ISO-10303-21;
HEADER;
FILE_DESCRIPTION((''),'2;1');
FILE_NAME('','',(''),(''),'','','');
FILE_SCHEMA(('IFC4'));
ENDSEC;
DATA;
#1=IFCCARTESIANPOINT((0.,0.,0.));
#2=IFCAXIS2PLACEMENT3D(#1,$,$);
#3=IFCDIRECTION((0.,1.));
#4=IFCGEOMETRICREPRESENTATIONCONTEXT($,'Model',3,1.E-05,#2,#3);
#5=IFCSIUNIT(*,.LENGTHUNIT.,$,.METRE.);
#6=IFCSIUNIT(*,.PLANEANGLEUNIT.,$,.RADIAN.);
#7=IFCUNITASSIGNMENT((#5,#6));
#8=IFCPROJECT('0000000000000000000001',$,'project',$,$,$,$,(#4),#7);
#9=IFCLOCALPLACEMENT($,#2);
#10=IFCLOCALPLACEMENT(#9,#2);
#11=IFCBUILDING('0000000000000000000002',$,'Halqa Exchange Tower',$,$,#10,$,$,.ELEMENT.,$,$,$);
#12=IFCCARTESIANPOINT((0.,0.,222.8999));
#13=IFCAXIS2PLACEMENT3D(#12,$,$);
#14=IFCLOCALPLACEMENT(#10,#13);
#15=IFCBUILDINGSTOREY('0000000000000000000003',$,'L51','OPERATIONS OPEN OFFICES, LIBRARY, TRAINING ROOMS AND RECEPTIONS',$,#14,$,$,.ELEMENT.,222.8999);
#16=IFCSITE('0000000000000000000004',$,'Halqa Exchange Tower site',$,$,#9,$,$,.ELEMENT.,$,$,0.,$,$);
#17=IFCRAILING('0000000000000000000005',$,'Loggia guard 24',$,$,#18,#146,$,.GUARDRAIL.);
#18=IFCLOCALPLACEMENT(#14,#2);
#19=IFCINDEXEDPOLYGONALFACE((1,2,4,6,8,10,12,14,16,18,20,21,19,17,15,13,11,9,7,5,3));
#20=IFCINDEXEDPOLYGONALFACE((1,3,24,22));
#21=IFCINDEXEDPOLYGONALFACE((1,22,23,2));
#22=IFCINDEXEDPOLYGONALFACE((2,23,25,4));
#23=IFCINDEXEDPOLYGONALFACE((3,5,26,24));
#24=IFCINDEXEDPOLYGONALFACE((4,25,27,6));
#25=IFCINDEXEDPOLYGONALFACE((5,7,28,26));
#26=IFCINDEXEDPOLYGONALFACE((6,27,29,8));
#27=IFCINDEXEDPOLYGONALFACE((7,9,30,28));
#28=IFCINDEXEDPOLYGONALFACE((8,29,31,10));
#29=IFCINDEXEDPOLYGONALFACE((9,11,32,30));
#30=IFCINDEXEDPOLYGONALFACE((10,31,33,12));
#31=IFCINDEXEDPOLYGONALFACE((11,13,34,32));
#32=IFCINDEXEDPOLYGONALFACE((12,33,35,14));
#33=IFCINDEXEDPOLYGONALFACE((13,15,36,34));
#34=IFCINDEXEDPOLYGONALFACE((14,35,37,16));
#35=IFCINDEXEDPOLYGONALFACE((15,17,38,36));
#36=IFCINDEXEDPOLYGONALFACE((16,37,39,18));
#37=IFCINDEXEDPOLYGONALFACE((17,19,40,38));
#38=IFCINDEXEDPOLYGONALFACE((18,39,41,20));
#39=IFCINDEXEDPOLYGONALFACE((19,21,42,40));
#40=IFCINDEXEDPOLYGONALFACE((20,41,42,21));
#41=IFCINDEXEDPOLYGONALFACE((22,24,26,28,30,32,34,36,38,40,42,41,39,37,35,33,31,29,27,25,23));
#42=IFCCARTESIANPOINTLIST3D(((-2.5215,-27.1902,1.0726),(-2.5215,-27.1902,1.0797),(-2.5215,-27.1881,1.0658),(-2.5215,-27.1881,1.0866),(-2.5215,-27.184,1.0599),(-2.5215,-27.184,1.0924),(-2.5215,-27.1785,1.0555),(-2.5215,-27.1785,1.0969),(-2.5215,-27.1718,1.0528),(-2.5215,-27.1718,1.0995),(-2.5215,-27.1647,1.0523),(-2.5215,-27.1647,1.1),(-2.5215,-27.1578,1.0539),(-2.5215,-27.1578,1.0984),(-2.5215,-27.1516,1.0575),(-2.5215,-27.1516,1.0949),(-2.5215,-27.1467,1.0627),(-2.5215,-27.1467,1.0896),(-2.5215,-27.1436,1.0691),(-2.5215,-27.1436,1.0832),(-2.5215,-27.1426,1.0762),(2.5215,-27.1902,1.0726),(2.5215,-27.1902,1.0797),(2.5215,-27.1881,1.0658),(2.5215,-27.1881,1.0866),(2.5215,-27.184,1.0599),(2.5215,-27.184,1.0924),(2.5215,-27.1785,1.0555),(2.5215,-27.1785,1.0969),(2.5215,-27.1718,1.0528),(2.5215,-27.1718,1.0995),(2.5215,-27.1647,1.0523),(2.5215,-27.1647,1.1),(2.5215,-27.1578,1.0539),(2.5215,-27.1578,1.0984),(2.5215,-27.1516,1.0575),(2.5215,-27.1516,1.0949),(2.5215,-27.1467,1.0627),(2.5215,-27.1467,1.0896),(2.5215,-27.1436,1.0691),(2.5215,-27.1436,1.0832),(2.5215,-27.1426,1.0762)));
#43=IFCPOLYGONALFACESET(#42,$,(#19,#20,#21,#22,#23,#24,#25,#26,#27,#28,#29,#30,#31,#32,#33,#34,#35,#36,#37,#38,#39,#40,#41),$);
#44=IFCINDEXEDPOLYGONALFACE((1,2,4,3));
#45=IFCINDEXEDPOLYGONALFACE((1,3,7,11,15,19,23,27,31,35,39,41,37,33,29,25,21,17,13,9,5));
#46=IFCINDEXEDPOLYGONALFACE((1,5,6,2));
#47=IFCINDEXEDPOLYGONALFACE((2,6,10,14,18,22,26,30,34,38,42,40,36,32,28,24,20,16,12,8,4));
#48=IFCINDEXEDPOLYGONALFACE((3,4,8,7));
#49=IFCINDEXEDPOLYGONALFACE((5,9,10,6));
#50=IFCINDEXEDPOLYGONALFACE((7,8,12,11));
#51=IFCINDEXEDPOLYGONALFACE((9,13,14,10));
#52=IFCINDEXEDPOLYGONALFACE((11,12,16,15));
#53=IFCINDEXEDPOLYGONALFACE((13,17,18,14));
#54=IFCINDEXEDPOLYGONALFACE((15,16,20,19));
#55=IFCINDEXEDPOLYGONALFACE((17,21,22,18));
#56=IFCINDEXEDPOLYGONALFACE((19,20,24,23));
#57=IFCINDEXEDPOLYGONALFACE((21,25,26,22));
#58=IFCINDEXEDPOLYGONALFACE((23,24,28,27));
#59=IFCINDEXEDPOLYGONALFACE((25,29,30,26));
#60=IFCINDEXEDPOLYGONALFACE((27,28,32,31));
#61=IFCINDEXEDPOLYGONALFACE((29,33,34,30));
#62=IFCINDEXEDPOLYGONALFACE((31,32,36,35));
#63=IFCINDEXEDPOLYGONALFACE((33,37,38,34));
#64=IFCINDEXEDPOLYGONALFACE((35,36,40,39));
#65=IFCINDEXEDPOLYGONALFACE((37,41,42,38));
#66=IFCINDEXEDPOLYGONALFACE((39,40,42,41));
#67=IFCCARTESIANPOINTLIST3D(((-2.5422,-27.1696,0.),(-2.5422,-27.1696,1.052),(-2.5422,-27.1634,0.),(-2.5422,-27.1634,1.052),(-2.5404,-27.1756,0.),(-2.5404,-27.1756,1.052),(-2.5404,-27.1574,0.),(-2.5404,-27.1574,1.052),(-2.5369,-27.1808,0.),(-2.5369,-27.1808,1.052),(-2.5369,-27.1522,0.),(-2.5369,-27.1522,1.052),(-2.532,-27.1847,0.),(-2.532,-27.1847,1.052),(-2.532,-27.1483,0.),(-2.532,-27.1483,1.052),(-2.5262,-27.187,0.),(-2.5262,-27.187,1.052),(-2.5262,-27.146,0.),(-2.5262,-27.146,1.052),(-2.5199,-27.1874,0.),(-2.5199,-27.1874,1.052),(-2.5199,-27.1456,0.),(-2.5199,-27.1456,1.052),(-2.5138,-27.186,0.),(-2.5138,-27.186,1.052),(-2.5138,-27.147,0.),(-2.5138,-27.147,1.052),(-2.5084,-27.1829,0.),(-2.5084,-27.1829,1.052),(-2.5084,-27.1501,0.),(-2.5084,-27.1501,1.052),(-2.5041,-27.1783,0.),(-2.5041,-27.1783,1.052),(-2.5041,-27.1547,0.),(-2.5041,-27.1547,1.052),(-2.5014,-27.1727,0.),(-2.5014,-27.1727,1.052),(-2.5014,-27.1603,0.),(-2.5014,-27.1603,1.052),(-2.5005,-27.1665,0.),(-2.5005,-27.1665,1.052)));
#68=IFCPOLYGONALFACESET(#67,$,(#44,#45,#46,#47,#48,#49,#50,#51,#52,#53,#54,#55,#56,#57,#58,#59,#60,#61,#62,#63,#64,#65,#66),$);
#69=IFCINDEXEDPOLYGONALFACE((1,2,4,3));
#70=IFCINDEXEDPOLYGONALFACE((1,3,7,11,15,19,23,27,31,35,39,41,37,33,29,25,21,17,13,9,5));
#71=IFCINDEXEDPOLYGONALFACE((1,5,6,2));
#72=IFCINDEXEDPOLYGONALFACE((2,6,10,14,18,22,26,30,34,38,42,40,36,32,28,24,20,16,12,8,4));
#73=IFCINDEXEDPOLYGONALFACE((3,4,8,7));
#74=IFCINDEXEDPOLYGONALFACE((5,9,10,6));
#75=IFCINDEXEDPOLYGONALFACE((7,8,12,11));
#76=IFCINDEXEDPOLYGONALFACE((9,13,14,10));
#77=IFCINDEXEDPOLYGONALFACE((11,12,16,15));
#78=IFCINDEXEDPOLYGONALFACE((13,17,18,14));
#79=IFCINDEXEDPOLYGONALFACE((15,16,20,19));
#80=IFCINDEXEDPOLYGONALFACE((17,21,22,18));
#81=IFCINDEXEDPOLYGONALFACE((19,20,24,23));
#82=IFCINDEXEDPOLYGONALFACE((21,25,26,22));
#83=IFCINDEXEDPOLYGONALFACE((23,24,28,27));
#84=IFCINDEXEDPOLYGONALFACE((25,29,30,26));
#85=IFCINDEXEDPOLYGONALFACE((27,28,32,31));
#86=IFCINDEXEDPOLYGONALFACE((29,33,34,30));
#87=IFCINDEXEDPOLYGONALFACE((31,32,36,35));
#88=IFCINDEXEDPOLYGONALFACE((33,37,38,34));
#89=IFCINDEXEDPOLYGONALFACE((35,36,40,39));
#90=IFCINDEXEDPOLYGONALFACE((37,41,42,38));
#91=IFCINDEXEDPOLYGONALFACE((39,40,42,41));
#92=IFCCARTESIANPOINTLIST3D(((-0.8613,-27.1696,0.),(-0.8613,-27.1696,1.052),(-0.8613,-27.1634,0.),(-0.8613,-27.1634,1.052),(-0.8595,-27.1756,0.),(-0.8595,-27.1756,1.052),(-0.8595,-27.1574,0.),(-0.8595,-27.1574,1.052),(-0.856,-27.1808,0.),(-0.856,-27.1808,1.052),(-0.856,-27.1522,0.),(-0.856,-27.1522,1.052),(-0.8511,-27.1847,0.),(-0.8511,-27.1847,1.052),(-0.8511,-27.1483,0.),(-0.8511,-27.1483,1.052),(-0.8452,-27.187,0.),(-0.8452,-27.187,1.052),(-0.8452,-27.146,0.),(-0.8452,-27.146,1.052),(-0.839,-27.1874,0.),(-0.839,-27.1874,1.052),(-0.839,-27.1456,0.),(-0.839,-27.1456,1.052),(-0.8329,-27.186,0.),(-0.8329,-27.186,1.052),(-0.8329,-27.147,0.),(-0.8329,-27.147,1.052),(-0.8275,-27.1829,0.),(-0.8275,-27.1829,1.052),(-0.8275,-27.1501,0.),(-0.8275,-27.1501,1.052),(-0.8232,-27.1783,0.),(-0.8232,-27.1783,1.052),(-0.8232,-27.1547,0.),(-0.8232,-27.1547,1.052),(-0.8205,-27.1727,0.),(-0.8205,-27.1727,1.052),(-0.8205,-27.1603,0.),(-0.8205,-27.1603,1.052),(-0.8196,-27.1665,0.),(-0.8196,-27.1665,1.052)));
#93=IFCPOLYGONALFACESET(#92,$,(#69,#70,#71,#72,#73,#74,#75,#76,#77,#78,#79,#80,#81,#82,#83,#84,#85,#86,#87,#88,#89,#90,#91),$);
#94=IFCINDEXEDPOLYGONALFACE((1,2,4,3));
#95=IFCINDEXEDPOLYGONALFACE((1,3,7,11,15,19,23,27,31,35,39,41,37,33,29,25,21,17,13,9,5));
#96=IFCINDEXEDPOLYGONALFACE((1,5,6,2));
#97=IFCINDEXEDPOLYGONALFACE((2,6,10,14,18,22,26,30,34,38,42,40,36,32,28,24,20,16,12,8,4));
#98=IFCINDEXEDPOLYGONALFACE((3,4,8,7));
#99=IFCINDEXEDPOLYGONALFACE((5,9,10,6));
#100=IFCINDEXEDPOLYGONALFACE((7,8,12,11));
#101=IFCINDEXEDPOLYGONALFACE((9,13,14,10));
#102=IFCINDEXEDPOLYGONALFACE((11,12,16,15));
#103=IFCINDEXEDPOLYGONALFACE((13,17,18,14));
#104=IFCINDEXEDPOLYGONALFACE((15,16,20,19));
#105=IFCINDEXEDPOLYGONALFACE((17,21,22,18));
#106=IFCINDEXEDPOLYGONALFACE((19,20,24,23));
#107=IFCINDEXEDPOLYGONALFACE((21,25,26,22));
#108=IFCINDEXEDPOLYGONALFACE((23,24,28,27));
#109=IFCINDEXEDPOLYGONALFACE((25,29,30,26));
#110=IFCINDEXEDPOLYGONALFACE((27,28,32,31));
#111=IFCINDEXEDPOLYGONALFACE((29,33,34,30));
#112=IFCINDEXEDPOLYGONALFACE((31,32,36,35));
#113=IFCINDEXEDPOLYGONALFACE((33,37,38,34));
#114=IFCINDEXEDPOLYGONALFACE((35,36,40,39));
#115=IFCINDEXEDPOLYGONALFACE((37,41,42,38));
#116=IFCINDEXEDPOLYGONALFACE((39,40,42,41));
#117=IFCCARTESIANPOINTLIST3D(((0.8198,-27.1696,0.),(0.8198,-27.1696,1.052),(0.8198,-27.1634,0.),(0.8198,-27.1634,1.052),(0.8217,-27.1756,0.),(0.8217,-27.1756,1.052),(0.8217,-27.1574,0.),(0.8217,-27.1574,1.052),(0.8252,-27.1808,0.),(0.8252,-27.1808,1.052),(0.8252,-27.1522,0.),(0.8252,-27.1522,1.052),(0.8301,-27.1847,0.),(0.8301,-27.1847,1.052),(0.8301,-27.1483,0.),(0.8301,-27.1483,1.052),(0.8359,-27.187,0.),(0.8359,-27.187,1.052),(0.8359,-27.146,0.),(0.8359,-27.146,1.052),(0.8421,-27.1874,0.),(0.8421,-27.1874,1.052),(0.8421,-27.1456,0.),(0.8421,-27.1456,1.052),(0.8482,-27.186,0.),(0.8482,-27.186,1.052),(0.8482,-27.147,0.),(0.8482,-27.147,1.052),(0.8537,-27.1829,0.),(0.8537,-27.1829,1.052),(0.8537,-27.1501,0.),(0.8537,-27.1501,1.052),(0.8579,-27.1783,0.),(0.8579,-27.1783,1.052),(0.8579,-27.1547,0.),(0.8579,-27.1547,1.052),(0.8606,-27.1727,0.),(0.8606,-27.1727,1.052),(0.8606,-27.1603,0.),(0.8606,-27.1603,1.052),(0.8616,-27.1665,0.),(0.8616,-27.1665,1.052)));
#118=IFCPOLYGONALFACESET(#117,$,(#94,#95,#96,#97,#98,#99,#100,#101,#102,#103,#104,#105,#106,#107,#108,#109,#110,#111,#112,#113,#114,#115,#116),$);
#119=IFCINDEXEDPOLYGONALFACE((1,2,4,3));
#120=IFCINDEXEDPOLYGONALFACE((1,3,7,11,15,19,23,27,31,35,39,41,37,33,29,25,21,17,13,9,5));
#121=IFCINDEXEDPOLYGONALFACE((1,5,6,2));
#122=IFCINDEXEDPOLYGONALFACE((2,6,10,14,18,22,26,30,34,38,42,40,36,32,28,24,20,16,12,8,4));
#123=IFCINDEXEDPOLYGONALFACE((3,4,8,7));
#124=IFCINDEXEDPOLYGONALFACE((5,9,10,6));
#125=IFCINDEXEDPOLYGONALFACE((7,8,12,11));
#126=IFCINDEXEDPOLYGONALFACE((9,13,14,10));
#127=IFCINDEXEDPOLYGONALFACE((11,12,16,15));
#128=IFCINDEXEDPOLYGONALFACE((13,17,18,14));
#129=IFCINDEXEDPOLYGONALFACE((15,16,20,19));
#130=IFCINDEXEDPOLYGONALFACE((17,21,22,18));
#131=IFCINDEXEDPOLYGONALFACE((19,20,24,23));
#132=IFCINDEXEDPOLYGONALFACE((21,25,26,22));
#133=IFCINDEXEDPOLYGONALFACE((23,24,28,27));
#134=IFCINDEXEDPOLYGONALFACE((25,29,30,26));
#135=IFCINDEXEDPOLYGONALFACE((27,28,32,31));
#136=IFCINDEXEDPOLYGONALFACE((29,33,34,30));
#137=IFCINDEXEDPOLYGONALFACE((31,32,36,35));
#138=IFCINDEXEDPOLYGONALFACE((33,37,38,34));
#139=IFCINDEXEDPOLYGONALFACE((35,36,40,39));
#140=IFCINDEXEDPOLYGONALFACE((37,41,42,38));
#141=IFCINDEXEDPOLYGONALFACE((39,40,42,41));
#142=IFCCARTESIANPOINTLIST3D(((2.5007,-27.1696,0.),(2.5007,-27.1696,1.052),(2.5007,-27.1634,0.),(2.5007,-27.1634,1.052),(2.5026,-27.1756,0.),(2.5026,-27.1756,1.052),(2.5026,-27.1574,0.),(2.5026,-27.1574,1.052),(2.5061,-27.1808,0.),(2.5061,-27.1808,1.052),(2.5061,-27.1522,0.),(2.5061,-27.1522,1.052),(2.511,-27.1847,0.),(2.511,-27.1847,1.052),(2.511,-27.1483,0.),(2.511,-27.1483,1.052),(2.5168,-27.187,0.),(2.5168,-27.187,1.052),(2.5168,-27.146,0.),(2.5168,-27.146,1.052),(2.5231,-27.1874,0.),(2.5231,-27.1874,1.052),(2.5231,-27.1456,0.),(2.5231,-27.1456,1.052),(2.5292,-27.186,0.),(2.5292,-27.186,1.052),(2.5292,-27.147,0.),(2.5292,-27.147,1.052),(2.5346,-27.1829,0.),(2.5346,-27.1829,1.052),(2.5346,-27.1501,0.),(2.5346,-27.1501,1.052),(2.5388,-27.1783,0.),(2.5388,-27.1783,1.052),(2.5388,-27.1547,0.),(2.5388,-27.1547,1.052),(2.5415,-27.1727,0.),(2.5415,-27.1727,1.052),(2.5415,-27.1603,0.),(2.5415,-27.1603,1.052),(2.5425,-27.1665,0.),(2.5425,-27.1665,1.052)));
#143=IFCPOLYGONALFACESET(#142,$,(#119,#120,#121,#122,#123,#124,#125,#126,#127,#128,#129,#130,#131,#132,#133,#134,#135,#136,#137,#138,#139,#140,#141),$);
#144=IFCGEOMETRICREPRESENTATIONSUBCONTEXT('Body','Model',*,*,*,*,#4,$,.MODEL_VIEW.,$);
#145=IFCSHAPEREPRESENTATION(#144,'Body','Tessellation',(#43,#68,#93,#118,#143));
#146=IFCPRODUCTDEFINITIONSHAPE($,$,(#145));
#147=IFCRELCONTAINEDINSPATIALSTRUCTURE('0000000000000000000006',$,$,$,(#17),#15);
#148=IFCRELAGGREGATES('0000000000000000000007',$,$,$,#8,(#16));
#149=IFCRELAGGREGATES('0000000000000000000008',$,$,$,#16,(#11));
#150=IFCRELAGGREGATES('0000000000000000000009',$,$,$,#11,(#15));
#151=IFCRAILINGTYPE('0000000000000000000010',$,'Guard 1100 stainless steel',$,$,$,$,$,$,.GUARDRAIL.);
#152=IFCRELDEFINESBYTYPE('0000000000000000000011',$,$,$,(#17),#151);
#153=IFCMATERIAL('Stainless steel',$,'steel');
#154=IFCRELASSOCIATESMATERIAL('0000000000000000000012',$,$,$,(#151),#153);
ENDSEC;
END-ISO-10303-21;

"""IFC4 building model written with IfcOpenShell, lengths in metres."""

from ifc_helpers import new_model, si_unit, direction, frame, origin, origin_2d, place, context, subcontext, project, spatial, circle, extrude, material, type_object, element, save


model = new_model("IFC4")

# Units and contexts
model_context = context("Model", 3, precision=1e-05, world=origin(), true_north=direction((0.0, 1.0)))
body_context = subcontext(model_context, "Body", "Model", "MODEL_VIEW")
ifc_project = project(units=[si_unit("LENGTHUNIT", "METRE"), si_unit("PLANEANGLEUNIT", "RADIAN")], contexts=[model_context])

# Site, building, storey
site_placement = place(None, origin())
site = spatial("IfcSite", under=ifc_project, at=site_placement, Name="Halqa Exchange Tower site", CompositionType="ELEMENT", RefElevation=0.0)
building_placement = place(site_placement, origin())
building = spatial("IfcBuilding", under=site, at=building_placement, Name="Halqa Exchange Tower", CompositionType="ELEMENT")
storey_placement = place(building_placement, frame((0.0, 0.0, 222.8999)))
storey = spatial("IfcBuildingStorey", under=building, at=storey_placement, Name="L51", Description="OPERATIONS OPEN OFFICES, LIBRARY, TRAINING ROOMS AND RECEPTIONS", CompositionType="ELEMENT", Elevation=222.8999)

# Railing
ifc_material_1 = material(Name="Stainless steel", Category="steel")
railing_type = type_object("IfcRailingType", Name="Guard 1100 stainless steel", PredefinedType="GUARDRAIL", material=ifc_material_1)
railing_1_placement = place(storey_placement, frame((-2.5215, -27.1665, 0.0)))
element("IfcRailing", 1, at=railing_1_placement, inside=storey, type_object=railing_type, Name="Loggia guard 24", PredefinedType="GUARDRAIL", context=body_context, shape_type="SweptSolid", body=[
    extrude(circle(Radius=0.0239, at=origin_2d()), frame((0.0, 0.0, 1.0762), z_axis=(1.0, 0.0, 0.0), x_axis=(0.0, 1.0, 0.0)), (0.0, 0.0, 1.0), 5.043),
    extrude(circle(Radius=0.021, at=origin_2d()), origin(), (0.0, 0.0, 1.0), 1.052),
    extrude(circle(Radius=0.021, at=origin_2d()), frame((1.6809, 0.0, 0.0)), (0.0, 0.0, 1.0), 1.052),
    extrude(circle(Radius=0.021, at=origin_2d()), frame((3.3621, 0.0, 0.0)), (0.0, 0.0, 1.0), 1.052),
    extrude(circle(Radius=0.021, at=origin_2d()), frame((5.043, 0.0, 0.0)), (0.0, 0.0, 1.0), 1.052),
])

save(model, "model.ifc")
